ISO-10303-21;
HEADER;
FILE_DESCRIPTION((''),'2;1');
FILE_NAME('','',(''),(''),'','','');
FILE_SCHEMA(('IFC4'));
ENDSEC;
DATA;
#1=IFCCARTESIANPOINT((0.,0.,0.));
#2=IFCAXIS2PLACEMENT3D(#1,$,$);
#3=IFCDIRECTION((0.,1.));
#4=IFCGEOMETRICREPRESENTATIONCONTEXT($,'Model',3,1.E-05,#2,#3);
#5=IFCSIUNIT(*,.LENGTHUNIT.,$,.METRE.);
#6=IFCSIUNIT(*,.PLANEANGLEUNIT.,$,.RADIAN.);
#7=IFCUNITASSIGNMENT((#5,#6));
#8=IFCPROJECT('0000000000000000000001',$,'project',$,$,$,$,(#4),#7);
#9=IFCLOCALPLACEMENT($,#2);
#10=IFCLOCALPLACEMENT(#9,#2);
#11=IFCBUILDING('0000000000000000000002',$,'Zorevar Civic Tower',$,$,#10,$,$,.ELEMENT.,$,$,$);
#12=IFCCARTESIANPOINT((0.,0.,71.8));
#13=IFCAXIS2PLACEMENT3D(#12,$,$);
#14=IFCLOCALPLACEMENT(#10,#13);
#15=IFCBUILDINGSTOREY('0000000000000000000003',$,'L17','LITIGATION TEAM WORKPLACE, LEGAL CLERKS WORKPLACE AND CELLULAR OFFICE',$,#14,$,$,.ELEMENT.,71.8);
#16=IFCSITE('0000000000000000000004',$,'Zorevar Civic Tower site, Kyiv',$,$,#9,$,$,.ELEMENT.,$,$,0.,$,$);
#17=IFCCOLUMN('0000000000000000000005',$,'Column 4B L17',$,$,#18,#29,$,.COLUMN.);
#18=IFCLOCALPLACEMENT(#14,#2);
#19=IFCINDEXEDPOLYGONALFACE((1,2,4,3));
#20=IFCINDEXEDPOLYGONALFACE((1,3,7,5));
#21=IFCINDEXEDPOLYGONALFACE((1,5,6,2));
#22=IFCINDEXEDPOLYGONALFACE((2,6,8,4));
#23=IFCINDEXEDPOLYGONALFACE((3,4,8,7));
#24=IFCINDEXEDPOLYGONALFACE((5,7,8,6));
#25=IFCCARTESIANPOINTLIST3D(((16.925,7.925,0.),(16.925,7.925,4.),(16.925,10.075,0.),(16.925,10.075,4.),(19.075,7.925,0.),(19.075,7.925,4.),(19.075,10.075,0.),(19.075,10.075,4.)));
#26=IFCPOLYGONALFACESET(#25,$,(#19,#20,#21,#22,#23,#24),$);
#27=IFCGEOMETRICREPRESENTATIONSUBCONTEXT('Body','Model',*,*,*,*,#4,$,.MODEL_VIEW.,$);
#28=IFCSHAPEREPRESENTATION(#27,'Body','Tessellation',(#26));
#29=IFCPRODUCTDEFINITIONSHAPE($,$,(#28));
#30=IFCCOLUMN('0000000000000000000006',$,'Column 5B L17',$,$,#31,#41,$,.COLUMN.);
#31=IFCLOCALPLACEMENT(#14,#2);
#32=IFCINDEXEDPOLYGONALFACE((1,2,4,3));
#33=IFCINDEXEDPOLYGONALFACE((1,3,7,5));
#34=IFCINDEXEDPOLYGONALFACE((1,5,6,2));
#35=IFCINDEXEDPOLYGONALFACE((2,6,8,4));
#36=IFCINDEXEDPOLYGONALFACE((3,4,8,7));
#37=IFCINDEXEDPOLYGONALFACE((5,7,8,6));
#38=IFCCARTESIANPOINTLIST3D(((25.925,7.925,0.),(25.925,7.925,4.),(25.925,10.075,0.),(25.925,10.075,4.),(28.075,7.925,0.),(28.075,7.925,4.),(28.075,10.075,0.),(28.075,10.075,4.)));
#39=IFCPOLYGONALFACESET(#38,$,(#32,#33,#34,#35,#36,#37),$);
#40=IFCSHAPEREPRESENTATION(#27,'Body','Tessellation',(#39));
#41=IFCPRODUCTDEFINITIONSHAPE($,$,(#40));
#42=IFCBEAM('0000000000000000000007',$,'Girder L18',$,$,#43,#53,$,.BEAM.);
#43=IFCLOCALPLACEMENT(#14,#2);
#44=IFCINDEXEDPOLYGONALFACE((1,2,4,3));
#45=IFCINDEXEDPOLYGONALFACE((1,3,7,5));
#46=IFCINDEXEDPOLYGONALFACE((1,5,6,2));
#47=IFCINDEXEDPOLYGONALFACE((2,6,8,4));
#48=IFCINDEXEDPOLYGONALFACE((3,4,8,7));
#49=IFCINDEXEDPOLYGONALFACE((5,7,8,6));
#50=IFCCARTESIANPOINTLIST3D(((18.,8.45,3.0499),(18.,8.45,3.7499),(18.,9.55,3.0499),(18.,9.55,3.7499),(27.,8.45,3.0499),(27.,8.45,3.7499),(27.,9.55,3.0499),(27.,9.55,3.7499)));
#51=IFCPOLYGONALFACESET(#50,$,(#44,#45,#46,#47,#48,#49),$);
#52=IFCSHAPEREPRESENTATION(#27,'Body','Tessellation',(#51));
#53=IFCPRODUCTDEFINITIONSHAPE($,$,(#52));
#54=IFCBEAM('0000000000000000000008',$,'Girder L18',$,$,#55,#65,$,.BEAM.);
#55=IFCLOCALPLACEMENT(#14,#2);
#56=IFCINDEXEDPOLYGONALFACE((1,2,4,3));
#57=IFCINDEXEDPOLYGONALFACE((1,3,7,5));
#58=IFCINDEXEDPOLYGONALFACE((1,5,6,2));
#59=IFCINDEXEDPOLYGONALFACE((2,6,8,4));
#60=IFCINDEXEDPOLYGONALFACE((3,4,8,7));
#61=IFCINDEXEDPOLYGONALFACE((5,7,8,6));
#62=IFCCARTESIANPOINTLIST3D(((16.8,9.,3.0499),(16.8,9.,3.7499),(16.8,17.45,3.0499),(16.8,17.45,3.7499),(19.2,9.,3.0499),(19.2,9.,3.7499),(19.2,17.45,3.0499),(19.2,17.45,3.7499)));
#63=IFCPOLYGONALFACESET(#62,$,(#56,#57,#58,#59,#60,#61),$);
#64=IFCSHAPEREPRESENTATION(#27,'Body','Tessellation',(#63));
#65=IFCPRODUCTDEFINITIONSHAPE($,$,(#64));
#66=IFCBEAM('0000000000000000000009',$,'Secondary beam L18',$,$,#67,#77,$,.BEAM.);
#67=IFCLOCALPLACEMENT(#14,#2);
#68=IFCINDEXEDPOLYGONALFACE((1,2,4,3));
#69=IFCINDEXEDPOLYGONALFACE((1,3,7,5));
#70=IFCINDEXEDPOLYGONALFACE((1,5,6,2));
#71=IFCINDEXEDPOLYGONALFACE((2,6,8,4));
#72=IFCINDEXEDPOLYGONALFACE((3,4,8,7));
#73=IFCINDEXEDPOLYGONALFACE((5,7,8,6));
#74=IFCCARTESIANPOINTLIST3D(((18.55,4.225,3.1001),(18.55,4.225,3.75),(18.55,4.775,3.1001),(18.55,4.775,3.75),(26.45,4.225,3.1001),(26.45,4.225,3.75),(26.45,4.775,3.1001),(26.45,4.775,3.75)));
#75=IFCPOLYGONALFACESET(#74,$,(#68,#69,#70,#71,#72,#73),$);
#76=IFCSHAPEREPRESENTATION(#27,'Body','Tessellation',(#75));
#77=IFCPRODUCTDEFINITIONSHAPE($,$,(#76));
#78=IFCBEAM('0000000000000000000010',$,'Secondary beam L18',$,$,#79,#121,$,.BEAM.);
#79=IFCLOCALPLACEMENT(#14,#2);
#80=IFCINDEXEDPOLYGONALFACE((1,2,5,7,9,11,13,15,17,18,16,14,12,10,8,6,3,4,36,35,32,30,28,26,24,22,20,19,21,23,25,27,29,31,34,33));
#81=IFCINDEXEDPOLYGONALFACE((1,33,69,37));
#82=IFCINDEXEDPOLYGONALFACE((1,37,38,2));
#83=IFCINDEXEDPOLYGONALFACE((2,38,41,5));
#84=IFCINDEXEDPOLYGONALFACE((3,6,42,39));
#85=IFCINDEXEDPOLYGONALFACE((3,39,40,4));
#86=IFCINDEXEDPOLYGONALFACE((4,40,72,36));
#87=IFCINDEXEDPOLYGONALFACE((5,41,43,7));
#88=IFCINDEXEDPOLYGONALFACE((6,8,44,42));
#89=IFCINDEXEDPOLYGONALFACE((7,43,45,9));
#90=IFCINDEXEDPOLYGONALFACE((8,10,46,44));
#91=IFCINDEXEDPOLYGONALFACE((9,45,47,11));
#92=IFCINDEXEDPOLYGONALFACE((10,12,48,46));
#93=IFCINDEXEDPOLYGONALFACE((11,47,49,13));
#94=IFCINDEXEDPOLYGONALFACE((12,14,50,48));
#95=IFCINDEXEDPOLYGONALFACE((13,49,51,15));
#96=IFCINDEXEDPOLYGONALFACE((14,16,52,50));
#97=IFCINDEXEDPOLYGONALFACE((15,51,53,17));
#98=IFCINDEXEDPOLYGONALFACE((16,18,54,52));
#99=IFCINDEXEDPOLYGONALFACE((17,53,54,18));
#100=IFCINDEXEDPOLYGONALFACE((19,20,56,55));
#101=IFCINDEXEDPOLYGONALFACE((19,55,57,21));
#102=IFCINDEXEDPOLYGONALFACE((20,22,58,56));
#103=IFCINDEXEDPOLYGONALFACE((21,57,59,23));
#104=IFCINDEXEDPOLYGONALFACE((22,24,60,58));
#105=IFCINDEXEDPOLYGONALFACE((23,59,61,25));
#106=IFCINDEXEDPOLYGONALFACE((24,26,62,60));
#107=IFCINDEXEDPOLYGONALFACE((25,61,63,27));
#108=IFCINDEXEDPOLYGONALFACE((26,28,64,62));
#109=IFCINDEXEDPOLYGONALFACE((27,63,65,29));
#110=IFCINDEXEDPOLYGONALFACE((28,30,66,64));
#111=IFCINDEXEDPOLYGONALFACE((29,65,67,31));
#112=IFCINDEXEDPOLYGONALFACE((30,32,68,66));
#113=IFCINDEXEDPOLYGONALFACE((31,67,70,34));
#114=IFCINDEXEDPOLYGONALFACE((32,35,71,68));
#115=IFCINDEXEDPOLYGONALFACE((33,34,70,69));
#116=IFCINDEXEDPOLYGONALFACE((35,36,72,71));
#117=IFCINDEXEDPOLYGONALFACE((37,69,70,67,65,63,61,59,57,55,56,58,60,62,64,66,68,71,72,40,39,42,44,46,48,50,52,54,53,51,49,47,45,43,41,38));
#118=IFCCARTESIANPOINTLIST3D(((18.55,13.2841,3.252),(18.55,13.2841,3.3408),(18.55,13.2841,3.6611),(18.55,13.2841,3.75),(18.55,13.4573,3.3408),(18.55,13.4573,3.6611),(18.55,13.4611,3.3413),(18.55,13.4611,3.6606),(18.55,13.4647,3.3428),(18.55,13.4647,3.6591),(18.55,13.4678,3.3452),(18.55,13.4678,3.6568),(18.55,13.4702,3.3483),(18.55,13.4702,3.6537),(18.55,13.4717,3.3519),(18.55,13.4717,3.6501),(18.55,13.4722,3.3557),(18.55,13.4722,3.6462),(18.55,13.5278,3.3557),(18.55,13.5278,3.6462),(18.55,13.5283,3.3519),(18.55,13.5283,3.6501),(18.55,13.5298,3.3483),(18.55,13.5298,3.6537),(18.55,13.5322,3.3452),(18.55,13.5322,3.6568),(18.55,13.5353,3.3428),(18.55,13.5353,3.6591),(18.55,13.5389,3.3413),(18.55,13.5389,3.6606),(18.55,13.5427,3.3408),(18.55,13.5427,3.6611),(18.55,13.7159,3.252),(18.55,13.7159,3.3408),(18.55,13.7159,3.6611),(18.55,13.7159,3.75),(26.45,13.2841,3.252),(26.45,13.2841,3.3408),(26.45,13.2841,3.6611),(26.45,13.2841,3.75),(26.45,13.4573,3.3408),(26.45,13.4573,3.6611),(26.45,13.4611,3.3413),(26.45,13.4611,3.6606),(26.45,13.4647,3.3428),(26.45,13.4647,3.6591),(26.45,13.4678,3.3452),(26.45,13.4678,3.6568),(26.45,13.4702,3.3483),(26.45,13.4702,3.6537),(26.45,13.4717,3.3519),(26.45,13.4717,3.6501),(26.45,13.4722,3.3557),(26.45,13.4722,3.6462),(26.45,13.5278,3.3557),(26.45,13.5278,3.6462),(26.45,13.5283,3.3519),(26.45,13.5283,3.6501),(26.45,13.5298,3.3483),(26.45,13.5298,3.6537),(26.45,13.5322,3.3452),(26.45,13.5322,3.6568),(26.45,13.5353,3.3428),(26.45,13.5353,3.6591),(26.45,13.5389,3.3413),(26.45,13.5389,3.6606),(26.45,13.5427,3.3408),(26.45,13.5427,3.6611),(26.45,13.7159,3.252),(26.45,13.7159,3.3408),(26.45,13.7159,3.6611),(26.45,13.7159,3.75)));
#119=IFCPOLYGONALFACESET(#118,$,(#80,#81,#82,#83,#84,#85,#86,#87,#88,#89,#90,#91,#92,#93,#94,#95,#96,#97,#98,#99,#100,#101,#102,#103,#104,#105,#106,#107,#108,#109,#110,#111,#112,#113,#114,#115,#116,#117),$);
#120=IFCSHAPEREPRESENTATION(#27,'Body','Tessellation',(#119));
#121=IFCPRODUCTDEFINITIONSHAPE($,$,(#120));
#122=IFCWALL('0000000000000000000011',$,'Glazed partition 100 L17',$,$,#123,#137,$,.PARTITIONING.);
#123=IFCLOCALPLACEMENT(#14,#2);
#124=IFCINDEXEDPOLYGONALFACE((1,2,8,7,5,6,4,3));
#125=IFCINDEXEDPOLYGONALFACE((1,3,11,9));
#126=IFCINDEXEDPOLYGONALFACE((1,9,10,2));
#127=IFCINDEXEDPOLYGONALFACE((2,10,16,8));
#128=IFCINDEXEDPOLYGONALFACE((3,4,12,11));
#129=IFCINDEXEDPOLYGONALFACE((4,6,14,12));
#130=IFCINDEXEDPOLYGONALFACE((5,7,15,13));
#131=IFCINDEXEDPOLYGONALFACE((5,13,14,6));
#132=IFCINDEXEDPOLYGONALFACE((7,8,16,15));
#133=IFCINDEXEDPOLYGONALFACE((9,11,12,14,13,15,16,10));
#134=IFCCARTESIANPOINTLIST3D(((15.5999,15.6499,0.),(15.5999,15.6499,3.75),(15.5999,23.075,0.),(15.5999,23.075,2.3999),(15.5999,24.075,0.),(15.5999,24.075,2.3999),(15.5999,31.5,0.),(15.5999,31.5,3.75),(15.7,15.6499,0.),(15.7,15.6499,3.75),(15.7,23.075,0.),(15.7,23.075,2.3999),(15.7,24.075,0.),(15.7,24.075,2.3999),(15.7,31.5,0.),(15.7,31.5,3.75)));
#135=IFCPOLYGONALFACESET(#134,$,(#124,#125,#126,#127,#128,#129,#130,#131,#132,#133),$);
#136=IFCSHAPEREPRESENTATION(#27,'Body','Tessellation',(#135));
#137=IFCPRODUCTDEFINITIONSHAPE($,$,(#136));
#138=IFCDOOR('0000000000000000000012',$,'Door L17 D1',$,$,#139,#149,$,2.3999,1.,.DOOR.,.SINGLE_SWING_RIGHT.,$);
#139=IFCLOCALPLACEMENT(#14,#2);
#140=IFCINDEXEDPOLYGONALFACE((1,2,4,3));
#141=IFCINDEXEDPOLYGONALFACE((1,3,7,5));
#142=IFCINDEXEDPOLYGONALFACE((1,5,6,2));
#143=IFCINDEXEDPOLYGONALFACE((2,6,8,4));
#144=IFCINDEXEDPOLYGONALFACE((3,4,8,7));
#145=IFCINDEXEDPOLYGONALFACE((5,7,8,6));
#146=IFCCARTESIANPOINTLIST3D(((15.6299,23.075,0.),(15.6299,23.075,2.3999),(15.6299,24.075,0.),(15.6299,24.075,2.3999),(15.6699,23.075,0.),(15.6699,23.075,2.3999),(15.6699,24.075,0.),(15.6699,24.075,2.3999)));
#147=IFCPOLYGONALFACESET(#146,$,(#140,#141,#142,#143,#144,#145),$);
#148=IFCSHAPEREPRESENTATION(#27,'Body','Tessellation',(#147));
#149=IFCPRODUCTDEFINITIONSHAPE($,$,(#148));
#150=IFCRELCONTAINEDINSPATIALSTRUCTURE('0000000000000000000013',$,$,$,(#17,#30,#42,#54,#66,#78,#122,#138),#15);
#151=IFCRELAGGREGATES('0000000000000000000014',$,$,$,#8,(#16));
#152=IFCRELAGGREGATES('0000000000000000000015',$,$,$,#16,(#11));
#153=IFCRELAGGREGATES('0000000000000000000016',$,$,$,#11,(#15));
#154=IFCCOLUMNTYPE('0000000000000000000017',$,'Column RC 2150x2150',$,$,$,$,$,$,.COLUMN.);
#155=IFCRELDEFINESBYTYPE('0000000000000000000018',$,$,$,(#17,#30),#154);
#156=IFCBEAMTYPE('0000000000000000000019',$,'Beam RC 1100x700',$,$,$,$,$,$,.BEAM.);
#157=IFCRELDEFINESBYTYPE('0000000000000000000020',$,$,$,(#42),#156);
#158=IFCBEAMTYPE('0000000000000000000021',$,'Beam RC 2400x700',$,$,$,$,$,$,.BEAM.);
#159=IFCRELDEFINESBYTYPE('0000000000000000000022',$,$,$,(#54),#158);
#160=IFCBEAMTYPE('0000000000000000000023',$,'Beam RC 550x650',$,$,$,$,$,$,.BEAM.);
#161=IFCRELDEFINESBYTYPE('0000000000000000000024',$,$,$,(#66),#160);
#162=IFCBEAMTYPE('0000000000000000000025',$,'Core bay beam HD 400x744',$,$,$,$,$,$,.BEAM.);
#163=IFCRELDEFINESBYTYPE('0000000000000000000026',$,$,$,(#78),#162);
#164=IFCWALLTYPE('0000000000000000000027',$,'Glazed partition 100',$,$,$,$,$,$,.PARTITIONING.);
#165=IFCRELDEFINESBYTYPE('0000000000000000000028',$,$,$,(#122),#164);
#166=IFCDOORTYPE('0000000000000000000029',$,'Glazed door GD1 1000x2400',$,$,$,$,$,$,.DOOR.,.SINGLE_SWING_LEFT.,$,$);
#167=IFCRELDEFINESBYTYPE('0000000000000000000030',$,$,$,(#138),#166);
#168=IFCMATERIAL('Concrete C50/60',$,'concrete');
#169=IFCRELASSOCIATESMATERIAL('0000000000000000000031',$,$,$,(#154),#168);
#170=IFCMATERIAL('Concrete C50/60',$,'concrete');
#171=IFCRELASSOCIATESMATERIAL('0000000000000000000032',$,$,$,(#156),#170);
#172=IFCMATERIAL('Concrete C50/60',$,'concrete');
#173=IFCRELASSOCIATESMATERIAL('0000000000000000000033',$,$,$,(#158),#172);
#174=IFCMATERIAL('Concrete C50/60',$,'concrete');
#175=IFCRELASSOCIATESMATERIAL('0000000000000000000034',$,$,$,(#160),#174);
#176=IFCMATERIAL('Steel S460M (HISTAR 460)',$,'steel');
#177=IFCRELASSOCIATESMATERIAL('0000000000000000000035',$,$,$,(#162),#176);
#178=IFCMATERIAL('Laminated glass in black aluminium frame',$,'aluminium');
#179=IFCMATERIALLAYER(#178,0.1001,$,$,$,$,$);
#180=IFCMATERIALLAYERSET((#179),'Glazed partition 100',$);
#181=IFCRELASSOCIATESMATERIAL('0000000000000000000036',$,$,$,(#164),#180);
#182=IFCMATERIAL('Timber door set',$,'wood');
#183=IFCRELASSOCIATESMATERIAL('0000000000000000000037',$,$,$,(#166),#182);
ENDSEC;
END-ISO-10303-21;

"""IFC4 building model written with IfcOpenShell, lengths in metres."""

from ifc_helpers import new_model, si_unit, direction, frame, frame_2d, origin, origin_2d, place, context, subcontext, project, spatial, rectangle, i_section, extrude, material, layer, layer_set, material_profile, profile_set, type_object, element, fill, save


model = new_model("IFC4")

# Units and contexts
model_context = context("Model", 3, precision=1e-05, world=origin(), true_north=direction((0.0, 1.0)))
body_context = subcontext(model_context, "Body", "Model", "MODEL_VIEW")
ifc_project = project(units=[si_unit("LENGTHUNIT", "METRE"), si_unit("PLANEANGLEUNIT", "RADIAN")], contexts=[model_context])

# Site, building, storey
site_placement = place(None, origin())
site = spatial("IfcSite", under=ifc_project, at=site_placement, Name="Zorevar Civic Tower site, Kyiv", CompositionType="ELEMENT", RefElevation=0.0)
building_placement = place(site_placement, origin())
building = spatial("IfcBuilding", under=site, at=building_placement, Name="Zorevar Civic Tower", CompositionType="ELEMENT")
storey_placement = place(building_placement, frame((0.0, 0.0, 71.8)))
storey = spatial("IfcBuildingStorey", under=building, at=storey_placement, Name="L17", Description="LITIGATION TEAM WORKPLACE, LEGAL CLERKS WORKPLACE AND CELLULAR OFFICE", CompositionType="ELEMENT", Elevation=71.8)

# Columns
ifc_material_1 = material(Name="Concrete C50/60", Category="concrete")
ifc_material_profile_1 = material_profile(ifc_material_1, rectangle(XDim=2.1499, YDim=2.1499, at=origin_2d()), Name="RC 2150x2150")
ifc_profile_set_1 = profile_set([ifc_material_profile_1], Name="Concrete C50/60")
column_type = type_object("IfcColumnType", Name="Column RC 2150x2150", PredefinedType="COLUMN", material=ifc_profile_set_1)
for number, where, z_axis, x_axis, name in (
    (1, (18.0, 9.0, 0.0), (0.0, 0.0, 1.0), (1.0, 0.0, 0.0), "Column 4B L17"),
    (2, (27.0, 9.0, 0.0), (0.0, 0.0, 1.0), (1.0, 0.0, 0.0), "Column 5B L17"),
):
    element("IfcColumn", number, at=place(storey_placement, frame(where, z_axis=z_axis, x_axis=x_axis)), inside=storey, type_object=column_type, Name=name, PredefinedType="COLUMN", context=body_context, shape_type="SweptSolid", body=[
        extrude(rectangle(XDim=2.1499, YDim=2.1499, at=origin_2d()), origin(), (0.0, 0.0, 1.0), 4.0),
    ])

# Beams
ifc_material_2 = material(Name="Concrete C50/60", Category="concrete")
ifc_material_profile_2 = material_profile(ifc_material_2, rectangle(XDim=1.1001, YDim=0.7, at=origin_2d()), Name="RC 1100x700")
ifc_profile_set_2 = profile_set([ifc_material_profile_2], Name="Concrete C50/60")
beam_type_1 = type_object("IfcBeamType", Name="Beam RC 1100x700", PredefinedType="BEAM", material=ifc_profile_set_2)
beam_1_placement = place(storey_placement, frame((18.0, 9.0, 3.3999), z_axis=(1.0, 0.0, 0.0), x_axis=(0.0, 1.0, 0.0)))
element("IfcBeam", 3, at=beam_1_placement, inside=storey, type_object=beam_type_1, Name="Girder L18", PredefinedType="BEAM", context=body_context, shape_type="SweptSolid", body=[
    extrude(rectangle(XDim=1.1001, YDim=0.7, at=origin_2d()), origin(), (0.0, 0.0, 1.0), 9.0),
])
ifc_material_3 = material(Name="Concrete C50/60", Category="concrete")
ifc_material_profile_3 = material_profile(ifc_material_3, rectangle(XDim=2.3999, YDim=0.7, at=origin_2d()), Name="RC 2400x700")
ifc_profile_set_3 = profile_set([ifc_material_profile_3], Name="Concrete C50/60")
beam_type_2 = type_object("IfcBeamType", Name="Beam RC 2400x700", PredefinedType="BEAM", material=ifc_profile_set_3)
beam_2_placement = place(storey_placement, frame((18.0, 9.0, 3.3999), z_axis=(0.0, 1.0, 0.0), x_axis=(-1.0, 0.0, 0.0)))
element("IfcBeam", 4, at=beam_2_placement, inside=storey, type_object=beam_type_2, Name="Girder L18", PredefinedType="BEAM", context=body_context, shape_type="SweptSolid", body=[
    extrude(rectangle(XDim=2.3999, YDim=0.7, at=origin_2d()), origin(), (0.0, 0.0, 1.0), 8.45),
])
ifc_material_4 = material(Name="Concrete C50/60", Category="concrete")
ifc_material_profile_4 = material_profile(ifc_material_4, rectangle(XDim=0.55, YDim=0.6499, at=origin_2d()), Name="RC 550x650")
ifc_profile_set_4 = profile_set([ifc_material_profile_4], Name="Concrete C50/60")
beam_type_3 = type_object("IfcBeamType", Name="Beam RC 550x650", PredefinedType="BEAM", material=ifc_profile_set_4)
beam_3_placement = place(storey_placement, frame((18.55, 4.5, 3.425), z_axis=(1.0, 0.0, 0.0), x_axis=(0.0, 1.0, 0.0)))
element("IfcBeam", 5, at=beam_3_placement, inside=storey, type_object=beam_type_3, Name="Secondary beam L18", PredefinedType="BEAM", context=body_context, shape_type="SweptSolid", body=[
    extrude(rectangle(XDim=0.55, YDim=0.6499, at=origin_2d()), origin(), (0.0, 0.0, 1.0), 7.8999),
])
ifc_material_5 = material(Name="Steel S460M (HISTAR 460)", Category="steel")
ifc_material_profile_5 = material_profile(ifc_material_5, i_section(OverallWidth=0.4319, OverallDepth=0.498, WebThickness=0.0557, FlangeThickness=0.0889, FilletRadius=0.0149, at=origin_2d()), Name="HD 400x744")
ifc_profile_set_5 = profile_set([ifc_material_profile_5], Name="Steel S460M (HISTAR 460)")
beam_type_4 = type_object("IfcBeamType", Name="Core bay beam HD 400x744", PredefinedType="BEAM", material=ifc_profile_set_5)
beam_4_placement = place(storey_placement, frame((18.55, 13.5, 3.501), z_axis=(1.0, 0.0, 0.0), x_axis=(0.0, 1.0, 0.0)))
element("IfcBeam", 6, at=beam_4_placement, inside=storey, type_object=beam_type_4, Name="Secondary beam L18", PredefinedType="BEAM", context=body_context, shape_type="SweptSolid", body=[
    extrude(i_section(OverallWidth=0.4319, OverallDepth=0.498, WebThickness=0.0557, FlangeThickness=0.0889, FilletRadius=0.0149, at=origin_2d()), origin(), (0.0, 0.0, 1.0), 7.8999),
])

# Wall, opening, door
ifc_material_6 = material(Name="Laminated glass in black aluminium frame", Category="aluminium")
ifc_layer_1 = layer(ifc_material_6, 0.1001)
ifc_layer_set_1 = layer_set([ifc_layer_1], Name="Glazed partition 100")
wall_type_1 = type_object("IfcWallType", Name="Glazed partition 100", PredefinedType="PARTITIONING", material=ifc_layer_set_1)
ifc_material_7 = material(Name="Timber door set", Category="wood")
door_type_1 = type_object("IfcDoorType", Name="Glazed door GD1 1000x2400", OperationType="SINGLE_SWING_LEFT", PredefinedType="DOOR", material=ifc_material_7)
wall_1_placement = place(storey_placement, frame((15.6499, 15.6499, 0.0), z_axis=(0.0, 0.0, 1.0), x_axis=(0.0, 1.0, 0.0)))
wall_1 = element("IfcWall", 7, at=wall_1_placement, inside=storey, type_object=wall_type_1, Name="Glazed partition 100 L17", PredefinedType="PARTITIONING", context=body_context, shape_type="SweptSolid", body=[
    extrude(rectangle(XDim=15.8501, YDim=0.1001, at=frame_2d((7.925, 0.0))), origin(), (0.0, 0.0, 1.0), 3.75),
])
opening_1_placement = place(wall_1_placement, frame((7.425, 0.0, 0.0)))
opening_1 = element("IfcOpeningElement", 8, at=opening_1_placement, cuts=wall_1, PredefinedType="OPENING", context=body_context, shape_type="SweptSolid", body=[
    extrude(rectangle(XDim=1.0, YDim=2.3999, at=frame_2d((0.5, 1.2))), frame((0.0, 0.0601, 0.0), z_axis=(0.0, -1.0, 0.0), x_axis=(1.0, 0.0, 0.0)), (0.0, 0.0, 1.0), 0.1201),
])
door_1_placement = place(opening_1_placement, origin())
door_1 = element("IfcDoor", 9, at=door_1_placement, inside=storey, type_object=door_type_1, Name="Door L17 D1", OperationType="SINGLE_SWING_RIGHT", OverallHeight=2.3999, OverallWidth=1.0, PredefinedType="DOOR", context=body_context, shape_type="SweptSolid", body=[
    extrude(rectangle(XDim=1.0, YDim=2.3999, at=frame_2d((0.5, 1.2))), frame((0.0, 0.02, 0.0), z_axis=(0.0, -1.0, 0.0), x_axis=(1.0, 0.0, 0.0)), (0.0, 0.0, 1.0), 0.04),
])
fill(opening_1, door_1)

save(model, "model.ifc")
